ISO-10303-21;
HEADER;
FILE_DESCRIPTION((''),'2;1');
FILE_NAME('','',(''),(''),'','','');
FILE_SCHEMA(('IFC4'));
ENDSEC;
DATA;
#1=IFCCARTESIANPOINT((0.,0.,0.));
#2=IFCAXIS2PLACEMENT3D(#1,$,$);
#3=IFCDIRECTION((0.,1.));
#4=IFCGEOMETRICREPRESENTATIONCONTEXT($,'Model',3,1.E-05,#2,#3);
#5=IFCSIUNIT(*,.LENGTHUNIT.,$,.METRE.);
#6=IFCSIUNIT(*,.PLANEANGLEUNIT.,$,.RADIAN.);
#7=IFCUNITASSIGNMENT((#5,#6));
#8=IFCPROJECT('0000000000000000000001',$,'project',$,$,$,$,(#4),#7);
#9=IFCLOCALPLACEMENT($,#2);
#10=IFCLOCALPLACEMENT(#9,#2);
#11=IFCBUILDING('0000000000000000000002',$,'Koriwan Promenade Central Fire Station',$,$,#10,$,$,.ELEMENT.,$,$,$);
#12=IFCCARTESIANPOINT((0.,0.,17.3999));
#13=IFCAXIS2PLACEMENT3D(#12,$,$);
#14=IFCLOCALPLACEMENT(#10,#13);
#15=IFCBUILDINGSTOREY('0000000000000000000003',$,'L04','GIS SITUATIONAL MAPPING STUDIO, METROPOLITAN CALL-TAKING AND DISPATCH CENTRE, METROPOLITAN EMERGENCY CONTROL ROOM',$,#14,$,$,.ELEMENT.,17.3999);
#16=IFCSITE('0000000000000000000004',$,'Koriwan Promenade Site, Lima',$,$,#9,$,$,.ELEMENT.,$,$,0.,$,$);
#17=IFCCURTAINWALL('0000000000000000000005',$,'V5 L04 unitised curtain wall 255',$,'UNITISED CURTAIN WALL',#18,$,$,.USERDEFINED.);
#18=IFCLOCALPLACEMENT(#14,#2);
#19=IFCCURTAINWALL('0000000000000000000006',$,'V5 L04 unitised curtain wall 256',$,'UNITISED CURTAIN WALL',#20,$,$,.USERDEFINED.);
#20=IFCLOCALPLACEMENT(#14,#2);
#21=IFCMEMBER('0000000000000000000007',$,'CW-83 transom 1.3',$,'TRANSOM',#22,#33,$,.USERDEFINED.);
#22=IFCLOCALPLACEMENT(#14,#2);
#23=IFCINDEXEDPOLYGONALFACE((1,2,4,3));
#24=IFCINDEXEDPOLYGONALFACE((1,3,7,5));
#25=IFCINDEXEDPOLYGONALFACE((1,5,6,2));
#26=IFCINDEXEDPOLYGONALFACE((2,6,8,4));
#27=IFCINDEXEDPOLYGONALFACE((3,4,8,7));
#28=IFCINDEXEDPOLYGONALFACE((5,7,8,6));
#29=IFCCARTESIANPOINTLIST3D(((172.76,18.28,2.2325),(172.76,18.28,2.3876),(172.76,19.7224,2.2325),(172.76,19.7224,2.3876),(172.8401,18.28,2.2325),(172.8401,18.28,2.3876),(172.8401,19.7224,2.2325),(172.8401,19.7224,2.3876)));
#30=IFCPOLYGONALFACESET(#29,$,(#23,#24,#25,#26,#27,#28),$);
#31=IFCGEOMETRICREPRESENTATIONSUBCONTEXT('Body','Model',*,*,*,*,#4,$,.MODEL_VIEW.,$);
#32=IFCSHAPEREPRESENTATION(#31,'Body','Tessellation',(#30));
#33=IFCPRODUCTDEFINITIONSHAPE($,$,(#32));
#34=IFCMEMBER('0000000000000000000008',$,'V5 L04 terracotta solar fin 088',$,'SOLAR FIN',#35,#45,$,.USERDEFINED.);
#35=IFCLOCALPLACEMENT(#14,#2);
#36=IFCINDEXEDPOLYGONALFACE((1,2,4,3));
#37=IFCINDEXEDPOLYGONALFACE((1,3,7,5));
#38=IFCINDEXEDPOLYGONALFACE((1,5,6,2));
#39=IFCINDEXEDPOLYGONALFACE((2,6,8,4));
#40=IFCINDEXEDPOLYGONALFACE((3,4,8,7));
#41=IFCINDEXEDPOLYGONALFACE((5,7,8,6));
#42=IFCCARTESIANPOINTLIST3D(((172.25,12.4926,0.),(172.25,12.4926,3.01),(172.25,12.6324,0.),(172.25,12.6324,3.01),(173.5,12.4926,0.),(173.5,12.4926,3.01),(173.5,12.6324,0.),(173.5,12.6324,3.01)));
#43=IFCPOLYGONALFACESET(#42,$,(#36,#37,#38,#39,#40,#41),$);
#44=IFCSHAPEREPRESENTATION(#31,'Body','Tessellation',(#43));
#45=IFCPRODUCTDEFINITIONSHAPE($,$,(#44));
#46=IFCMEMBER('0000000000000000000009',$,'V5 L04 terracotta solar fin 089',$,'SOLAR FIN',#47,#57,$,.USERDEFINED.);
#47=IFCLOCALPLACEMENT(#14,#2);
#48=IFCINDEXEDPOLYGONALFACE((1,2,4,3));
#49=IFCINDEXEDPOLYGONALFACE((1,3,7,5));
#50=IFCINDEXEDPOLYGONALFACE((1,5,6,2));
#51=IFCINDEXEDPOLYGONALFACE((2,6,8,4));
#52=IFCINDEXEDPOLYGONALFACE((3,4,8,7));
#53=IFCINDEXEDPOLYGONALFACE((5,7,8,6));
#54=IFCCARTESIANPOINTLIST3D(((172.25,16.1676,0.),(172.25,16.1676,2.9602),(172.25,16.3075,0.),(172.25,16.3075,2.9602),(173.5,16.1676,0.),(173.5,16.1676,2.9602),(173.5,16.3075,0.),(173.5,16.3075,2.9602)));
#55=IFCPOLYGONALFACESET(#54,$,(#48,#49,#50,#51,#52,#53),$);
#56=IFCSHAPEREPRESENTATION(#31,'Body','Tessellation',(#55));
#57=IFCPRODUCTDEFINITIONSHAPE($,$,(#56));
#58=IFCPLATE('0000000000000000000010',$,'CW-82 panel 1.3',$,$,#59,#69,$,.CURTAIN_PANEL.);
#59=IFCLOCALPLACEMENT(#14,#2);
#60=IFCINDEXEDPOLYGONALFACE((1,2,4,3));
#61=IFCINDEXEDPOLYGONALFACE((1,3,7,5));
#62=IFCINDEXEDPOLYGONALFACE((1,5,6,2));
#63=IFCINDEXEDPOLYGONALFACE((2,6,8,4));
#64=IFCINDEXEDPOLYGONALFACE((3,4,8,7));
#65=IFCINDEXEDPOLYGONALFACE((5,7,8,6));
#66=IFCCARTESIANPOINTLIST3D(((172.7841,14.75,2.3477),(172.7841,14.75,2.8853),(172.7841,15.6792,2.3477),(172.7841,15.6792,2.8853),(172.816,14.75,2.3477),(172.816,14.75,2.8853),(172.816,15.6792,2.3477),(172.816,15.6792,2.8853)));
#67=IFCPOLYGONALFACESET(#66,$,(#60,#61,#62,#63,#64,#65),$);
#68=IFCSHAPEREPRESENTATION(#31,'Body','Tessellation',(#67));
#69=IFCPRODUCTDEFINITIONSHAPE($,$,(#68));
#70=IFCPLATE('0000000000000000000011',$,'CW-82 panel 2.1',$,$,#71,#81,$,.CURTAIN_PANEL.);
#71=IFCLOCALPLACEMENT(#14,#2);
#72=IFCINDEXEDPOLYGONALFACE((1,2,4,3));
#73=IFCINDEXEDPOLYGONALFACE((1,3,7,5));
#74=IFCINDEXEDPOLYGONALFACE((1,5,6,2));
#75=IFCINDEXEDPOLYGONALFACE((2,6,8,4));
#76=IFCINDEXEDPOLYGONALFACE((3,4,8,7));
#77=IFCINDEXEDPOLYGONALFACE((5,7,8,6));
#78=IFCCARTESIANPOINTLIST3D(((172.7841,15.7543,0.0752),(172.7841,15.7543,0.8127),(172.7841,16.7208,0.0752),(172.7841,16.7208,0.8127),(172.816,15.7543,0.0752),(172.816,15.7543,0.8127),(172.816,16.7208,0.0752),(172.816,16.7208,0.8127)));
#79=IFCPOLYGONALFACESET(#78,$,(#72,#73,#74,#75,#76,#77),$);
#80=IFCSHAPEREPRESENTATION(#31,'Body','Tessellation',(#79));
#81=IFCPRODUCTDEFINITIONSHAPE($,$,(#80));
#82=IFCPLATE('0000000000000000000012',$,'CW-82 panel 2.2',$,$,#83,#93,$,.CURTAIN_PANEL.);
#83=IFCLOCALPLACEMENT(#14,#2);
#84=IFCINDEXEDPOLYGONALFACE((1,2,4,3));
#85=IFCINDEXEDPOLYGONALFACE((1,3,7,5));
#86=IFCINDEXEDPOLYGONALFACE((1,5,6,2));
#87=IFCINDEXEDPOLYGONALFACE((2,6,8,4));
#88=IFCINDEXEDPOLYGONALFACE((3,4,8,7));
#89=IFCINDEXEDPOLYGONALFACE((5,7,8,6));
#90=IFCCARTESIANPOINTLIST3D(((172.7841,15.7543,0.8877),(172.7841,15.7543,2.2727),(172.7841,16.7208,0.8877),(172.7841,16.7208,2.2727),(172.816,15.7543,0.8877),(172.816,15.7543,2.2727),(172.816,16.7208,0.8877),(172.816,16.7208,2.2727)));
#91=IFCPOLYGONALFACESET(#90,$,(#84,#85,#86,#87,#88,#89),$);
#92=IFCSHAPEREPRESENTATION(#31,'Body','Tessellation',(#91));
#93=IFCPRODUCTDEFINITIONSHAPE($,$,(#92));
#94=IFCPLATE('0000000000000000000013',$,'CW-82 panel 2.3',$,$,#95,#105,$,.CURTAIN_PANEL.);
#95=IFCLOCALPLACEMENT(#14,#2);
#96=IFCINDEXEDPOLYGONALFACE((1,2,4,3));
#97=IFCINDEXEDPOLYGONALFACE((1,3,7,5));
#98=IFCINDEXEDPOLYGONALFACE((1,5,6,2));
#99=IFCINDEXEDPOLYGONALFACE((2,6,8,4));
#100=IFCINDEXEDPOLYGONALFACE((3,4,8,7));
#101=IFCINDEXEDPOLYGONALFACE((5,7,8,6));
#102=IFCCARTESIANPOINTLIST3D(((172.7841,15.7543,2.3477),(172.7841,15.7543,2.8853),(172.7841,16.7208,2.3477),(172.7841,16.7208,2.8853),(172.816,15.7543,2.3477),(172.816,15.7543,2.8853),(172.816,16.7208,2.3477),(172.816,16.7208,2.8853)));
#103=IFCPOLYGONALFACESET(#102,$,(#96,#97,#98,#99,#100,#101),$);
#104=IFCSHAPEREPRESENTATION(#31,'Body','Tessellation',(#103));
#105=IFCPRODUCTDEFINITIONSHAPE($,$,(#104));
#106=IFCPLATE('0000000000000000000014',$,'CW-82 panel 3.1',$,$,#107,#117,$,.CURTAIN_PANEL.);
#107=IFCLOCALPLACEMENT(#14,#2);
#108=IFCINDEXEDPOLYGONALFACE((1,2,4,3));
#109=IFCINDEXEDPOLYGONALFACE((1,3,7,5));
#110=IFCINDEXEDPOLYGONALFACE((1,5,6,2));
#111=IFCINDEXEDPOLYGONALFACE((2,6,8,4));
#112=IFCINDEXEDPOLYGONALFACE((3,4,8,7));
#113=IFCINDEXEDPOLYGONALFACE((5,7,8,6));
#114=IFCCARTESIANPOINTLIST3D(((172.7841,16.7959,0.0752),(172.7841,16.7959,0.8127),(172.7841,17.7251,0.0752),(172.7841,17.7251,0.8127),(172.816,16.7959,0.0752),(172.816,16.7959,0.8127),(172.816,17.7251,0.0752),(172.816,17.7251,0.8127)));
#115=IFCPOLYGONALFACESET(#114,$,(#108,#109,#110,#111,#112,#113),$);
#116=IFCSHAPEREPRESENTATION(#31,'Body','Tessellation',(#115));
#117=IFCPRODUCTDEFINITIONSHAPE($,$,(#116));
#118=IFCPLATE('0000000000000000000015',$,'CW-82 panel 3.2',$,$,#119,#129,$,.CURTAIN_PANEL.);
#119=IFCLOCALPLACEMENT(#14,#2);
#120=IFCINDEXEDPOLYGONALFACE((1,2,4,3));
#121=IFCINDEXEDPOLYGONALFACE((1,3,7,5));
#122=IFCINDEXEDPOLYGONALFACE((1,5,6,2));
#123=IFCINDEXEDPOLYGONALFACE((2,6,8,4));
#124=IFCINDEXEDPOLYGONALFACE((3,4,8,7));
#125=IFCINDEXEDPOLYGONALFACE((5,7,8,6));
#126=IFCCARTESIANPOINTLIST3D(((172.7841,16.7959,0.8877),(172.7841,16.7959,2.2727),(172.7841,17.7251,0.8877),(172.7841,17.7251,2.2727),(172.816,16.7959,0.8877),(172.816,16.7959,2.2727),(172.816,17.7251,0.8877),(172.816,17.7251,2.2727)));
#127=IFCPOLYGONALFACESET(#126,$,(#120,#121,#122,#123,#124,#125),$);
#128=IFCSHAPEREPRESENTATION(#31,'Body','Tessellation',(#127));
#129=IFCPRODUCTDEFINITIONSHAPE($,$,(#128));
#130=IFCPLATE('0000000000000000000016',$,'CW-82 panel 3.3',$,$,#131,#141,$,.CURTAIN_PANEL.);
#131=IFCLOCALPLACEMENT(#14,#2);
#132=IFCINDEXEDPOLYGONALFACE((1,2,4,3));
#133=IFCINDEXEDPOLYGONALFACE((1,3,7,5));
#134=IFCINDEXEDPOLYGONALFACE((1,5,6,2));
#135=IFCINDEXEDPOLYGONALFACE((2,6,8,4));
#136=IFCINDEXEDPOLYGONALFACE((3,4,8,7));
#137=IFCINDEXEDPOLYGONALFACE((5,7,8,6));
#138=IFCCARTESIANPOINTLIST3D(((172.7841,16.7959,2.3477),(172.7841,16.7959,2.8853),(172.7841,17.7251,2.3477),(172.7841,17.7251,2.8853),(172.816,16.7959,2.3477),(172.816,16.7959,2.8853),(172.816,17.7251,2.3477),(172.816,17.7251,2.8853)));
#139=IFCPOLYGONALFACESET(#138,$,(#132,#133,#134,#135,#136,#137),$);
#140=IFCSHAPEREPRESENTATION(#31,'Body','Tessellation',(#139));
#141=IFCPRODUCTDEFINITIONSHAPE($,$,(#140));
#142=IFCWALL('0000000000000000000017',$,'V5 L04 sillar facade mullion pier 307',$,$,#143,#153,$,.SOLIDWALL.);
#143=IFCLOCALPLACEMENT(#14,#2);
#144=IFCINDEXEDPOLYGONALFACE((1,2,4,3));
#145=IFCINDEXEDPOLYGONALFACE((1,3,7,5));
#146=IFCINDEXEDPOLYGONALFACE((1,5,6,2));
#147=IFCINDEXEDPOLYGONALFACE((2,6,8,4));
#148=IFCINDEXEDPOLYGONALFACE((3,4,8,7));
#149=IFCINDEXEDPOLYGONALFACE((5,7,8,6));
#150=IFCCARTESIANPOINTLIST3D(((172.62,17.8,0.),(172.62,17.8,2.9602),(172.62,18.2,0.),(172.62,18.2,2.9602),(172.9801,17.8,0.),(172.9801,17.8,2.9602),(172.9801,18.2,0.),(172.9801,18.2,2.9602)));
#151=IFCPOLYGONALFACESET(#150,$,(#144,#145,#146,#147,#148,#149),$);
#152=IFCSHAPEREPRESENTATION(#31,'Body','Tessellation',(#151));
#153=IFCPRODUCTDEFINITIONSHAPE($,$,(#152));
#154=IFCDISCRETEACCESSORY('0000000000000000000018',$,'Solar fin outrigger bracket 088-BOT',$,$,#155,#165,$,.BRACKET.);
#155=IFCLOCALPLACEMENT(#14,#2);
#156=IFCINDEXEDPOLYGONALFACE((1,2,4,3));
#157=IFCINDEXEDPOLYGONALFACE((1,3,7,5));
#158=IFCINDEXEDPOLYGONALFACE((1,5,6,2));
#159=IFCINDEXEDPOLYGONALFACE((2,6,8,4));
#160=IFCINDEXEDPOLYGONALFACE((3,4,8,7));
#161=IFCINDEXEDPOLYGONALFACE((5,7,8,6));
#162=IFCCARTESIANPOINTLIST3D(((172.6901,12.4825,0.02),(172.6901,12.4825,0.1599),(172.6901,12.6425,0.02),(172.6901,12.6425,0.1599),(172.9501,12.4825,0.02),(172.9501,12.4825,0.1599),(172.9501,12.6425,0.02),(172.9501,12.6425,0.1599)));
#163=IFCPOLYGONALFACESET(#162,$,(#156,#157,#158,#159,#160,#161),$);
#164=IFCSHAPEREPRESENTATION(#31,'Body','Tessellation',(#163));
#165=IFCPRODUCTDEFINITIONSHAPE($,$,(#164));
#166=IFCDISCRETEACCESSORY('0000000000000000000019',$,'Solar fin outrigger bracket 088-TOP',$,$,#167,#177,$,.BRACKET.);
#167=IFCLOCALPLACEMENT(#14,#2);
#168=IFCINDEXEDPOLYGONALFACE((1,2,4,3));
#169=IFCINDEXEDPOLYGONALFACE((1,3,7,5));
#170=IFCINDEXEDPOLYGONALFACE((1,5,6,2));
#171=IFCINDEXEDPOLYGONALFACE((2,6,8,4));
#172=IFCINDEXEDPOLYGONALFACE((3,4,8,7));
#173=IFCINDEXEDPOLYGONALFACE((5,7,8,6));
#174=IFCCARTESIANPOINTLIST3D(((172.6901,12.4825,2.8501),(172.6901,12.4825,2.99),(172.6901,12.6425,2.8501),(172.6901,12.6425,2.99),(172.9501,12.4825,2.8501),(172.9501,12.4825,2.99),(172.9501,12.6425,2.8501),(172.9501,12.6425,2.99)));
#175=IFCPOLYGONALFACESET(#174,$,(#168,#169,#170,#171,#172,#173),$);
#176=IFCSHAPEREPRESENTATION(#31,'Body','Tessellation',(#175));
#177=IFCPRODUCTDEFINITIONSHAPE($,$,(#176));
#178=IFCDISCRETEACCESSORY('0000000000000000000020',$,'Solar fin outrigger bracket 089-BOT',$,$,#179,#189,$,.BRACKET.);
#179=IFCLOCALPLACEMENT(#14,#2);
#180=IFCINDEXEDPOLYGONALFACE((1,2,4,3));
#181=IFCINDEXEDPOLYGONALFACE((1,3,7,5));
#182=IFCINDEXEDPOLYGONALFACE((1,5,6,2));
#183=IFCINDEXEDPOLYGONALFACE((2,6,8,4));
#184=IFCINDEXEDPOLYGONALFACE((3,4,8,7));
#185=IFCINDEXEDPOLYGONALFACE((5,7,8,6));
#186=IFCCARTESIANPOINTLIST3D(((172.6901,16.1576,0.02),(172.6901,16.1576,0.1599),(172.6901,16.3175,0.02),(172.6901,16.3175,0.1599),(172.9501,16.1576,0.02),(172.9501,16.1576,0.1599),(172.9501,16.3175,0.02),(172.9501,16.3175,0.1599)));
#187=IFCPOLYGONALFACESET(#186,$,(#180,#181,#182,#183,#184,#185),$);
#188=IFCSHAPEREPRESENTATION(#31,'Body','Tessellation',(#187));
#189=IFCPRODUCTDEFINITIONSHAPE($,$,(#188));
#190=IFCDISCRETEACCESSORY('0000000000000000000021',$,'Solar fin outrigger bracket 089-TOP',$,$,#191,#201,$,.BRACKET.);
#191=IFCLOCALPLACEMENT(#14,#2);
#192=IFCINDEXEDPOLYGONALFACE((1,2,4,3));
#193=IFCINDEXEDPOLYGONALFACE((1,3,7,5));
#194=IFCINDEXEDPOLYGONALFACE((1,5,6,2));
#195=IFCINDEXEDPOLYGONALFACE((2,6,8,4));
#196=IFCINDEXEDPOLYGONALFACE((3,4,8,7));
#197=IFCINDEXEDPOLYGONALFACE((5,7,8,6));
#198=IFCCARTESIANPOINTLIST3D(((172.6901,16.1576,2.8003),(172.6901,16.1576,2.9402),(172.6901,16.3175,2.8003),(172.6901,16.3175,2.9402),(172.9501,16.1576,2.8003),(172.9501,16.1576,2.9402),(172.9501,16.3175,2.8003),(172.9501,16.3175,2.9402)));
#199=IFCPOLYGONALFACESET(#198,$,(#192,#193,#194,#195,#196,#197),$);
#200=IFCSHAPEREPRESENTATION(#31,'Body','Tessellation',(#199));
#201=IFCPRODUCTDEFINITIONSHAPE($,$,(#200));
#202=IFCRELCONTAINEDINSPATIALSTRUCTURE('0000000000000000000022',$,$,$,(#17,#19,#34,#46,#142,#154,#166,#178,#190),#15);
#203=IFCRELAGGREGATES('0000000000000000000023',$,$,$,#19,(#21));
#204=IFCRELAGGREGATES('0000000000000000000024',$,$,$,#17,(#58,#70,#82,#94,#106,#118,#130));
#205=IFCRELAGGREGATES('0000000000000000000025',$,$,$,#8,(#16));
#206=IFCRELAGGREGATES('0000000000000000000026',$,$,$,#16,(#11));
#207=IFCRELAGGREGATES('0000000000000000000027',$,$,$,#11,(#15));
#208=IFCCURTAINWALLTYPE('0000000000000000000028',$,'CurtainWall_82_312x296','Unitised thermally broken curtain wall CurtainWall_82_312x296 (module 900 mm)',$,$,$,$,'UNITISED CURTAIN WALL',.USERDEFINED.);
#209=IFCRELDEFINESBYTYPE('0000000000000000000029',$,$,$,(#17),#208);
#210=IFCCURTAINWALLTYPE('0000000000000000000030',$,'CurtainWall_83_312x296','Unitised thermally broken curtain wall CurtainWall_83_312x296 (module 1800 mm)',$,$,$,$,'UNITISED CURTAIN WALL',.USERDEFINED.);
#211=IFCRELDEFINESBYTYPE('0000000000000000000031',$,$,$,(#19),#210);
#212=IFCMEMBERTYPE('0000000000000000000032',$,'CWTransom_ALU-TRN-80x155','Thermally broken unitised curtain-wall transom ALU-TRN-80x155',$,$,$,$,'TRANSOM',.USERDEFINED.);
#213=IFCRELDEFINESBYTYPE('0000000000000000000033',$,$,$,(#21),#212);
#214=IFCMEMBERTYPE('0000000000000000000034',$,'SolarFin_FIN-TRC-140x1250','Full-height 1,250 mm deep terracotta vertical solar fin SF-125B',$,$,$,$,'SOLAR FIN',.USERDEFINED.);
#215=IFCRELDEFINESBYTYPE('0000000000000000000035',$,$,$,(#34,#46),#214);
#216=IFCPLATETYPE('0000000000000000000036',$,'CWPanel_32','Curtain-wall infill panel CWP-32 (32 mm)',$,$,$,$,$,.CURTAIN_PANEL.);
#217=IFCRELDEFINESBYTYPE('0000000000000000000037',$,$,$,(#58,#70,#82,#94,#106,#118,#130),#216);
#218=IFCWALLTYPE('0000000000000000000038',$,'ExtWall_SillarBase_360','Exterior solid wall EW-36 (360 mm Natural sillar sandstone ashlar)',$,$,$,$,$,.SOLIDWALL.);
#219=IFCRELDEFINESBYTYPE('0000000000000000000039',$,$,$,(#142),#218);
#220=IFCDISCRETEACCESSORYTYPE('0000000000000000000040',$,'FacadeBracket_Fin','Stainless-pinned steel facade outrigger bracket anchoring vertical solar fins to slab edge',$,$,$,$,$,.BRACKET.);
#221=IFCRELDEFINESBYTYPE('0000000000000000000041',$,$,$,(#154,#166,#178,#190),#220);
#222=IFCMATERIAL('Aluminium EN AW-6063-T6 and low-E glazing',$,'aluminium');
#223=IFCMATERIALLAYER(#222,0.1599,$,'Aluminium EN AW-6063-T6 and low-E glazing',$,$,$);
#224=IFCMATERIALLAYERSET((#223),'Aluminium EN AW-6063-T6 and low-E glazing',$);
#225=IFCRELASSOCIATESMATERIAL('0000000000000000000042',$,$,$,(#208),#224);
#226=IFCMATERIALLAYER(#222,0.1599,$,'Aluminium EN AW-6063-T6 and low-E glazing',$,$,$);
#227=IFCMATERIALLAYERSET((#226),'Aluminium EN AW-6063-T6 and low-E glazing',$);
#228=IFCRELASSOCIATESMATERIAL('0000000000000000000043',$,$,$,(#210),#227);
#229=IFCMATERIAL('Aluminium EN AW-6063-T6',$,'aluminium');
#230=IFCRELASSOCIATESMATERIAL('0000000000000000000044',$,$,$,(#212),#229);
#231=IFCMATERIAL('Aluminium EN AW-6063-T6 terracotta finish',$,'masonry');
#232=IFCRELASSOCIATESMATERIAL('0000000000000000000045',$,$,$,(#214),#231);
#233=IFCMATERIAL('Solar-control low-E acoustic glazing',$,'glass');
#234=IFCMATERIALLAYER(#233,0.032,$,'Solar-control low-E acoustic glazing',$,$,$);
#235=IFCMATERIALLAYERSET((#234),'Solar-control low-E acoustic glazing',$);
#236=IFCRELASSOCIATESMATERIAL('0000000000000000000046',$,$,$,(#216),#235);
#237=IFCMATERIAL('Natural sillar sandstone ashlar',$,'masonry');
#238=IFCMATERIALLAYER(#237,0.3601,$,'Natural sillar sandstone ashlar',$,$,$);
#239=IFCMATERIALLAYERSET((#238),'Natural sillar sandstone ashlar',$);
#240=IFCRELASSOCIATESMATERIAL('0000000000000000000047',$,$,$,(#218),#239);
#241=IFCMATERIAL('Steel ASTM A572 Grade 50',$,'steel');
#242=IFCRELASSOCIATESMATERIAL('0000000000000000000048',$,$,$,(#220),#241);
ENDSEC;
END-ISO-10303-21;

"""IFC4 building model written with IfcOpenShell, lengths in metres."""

from ifc_helpers import new_model, si_unit, direction, frame, frame_2d, origin, origin_2d, place, context, subcontext, project, spatial, rectangle, extrude, material, layer, layer_set, material_profile, profile_set, type_object, element, aggregate, save


model = new_model("IFC4")

# Units and contexts
model_context = context("Model", 3, precision=1e-05, world=origin(), true_north=direction((0.0, 1.0)))
body_context = subcontext(model_context, "Body", "Model", "MODEL_VIEW")
ifc_project = project(units=[si_unit("LENGTHUNIT", "METRE"), si_unit("PLANEANGLEUNIT", "RADIAN")], contexts=[model_context])

# Site, building, storey
site_placement = place(None, origin())
site = spatial("IfcSite", under=ifc_project, at=site_placement, Name="Koriwan Promenade Site, Lima", CompositionType="ELEMENT", RefElevation=0.0)
building_placement = place(site_placement, origin())
building = spatial("IfcBuilding", under=site, at=building_placement, Name="Koriwan Promenade Central Fire Station", CompositionType="ELEMENT")
storey_placement = place(building_placement, frame((0.0, 0.0, 17.3999)))
storey = spatial("IfcBuildingStorey", under=building, at=storey_placement, Name="L04", Description="GIS SITUATIONAL MAPPING STUDIO, METROPOLITAN CALL-TAKING AND DISPATCH CENTRE, METROPOLITAN EMERGENCY CONTROL ROOM", CompositionType="ELEMENT", Elevation=17.3999)

# Curtain wall
ifc_material_1 = material(Name="Aluminium EN AW-6063-T6 and low-E glazing", Category="aluminium")
ifc_layer_1 = layer(ifc_material_1, 0.1599, Name="Aluminium EN AW-6063-T6 and low-E glazing")
ifc_layer_set_1 = layer_set([ifc_layer_1], Name="Aluminium EN AW-6063-T6 and low-E glazing")
curtain_wall_type_1 = type_object("IfcCurtainWallType", Name="CurtainWall_82_312x296", Description="Unitised thermally broken curtain wall CurtainWall_82_312x296 (module 900 mm)", ElementType="UNITISED CURTAIN WALL", PredefinedType="USERDEFINED", material=ifc_layer_set_1)
curtain_wall_1_placement = place(storey_placement, origin())
curtain_wall_1 = element("IfcCurtainWall", 1, at=curtain_wall_1_placement, inside=storey, type_object=curtain_wall_type_1, Name="V5 L04 unitised curtain wall 255", ObjectType="UNITISED CURTAIN WALL", PredefinedType="USERDEFINED")
ifc_material_2 = material(Name="Aluminium EN AW-6063-T6", Category="aluminium")

# Curtain wall
ifc_layer_2 = layer(ifc_material_1, 0.1599, Name="Aluminium EN AW-6063-T6 and low-E glazing")
ifc_layer_set_2 = layer_set([ifc_layer_2], Name="Aluminium EN AW-6063-T6 and low-E glazing")
curtain_wall_type_2 = type_object("IfcCurtainWallType", Name="CurtainWall_83_312x296", Description="Unitised thermally broken curtain wall CurtainWall_83_312x296 (module 1800 mm)", ElementType="UNITISED CURTAIN WALL", PredefinedType="USERDEFINED", material=ifc_layer_set_2)
curtain_wall_2_placement = place(storey_placement, origin())
curtain_wall_2 = element("IfcCurtainWall", 2, at=curtain_wall_2_placement, inside=storey, type_object=curtain_wall_type_2, Name="V5 L04 unitised curtain wall 256", ObjectType="UNITISED CURTAIN WALL", PredefinedType="USERDEFINED")

# Member
ifc_material_profile_1 = material_profile(ifc_material_2, rectangle(XDim=0.0801, YDim=0.155, at=origin_2d()), Name="ALU-TRN-80x155")
ifc_profile_set_1 = profile_set([ifc_material_profile_1], Name="Aluminium EN AW-6063-T6")
member_type_1 = type_object("IfcMemberType", Name="CWTransom_ALU-TRN-80x155", Description="Thermally broken unitised curtain-wall transom ALU-TRN-80x155", ElementType="TRANSOM", PredefinedType="USERDEFINED", material=ifc_profile_set_1)
member_1_placement = place(storey_placement, frame((172.8, 18.28, 2.3101), z_axis=(0.0, 1.0, 0.0), x_axis=(-1.0, 0.0, 0.0)))
member_1 = element("IfcMember", 3, at=member_1_placement, type_object=member_type_1, Name="CW-83 transom 1.3", ObjectType="TRANSOM", PredefinedType="USERDEFINED", context=body_context, shape_type="SweptSolid", body=[
    extrude(rectangle(XDim=0.0801, YDim=0.155, at=origin_2d()), origin(), (0.0, 0.0, 1.0), 1.4424),
])
aggregate(curtain_wall_2, [member_1])

# Members
ifc_material_3 = material(Name="Aluminium EN AW-6063-T6 terracotta finish", Category="masonry")
ifc_material_profile_2 = material_profile(ifc_material_3, rectangle(XDim=0.1399, YDim=1.25, at=origin_2d()), Name="FIN-TRC-140x1250")
ifc_profile_set_2 = profile_set([ifc_material_profile_2], Name="Aluminium EN AW-6063-T6 terracotta finish")
member_type_2 = type_object("IfcMemberType", Name="SolarFin_FIN-TRC-140x1250", Description="Full-height 1,250 mm deep terracotta vertical solar fin SF-125B", ElementType="SOLAR FIN", PredefinedType="USERDEFINED", material=ifc_profile_set_2)
member_2_placement = place(storey_placement, frame((172.875, 12.5625, 0.0), z_axis=(0.0, 0.0, 1.0), x_axis=(0.0, -1.0, 0.0)))
element("IfcMember", 4, at=member_2_placement, inside=storey, type_object=member_type_2, Name="V5 L04 terracotta solar fin 088", ObjectType="SOLAR FIN", PredefinedType="USERDEFINED", context=body_context, shape_type="SweptSolid", body=[
    extrude(rectangle(XDim=0.1399, YDim=1.25, at=origin_2d()), origin(), (0.0, 0.0, 1.0), 3.01),
])
member_3_placement = place(storey_placement, frame((172.875, 16.2375, 0.0), z_axis=(0.0, 0.0, 1.0), x_axis=(0.0, -1.0, 0.0)))
element("IfcMember", 5, at=member_3_placement, inside=storey, type_object=member_type_2, Name="V5 L04 terracotta solar fin 089", ObjectType="SOLAR FIN", PredefinedType="USERDEFINED", context=body_context, shape_type="SweptSolid", body=[
    extrude(rectangle(XDim=0.1399, YDim=1.25, at=origin_2d()), origin(), (0.0, 0.0, 1.0), 2.9602),
])

# Plates
ifc_material_4 = material(Name="Solar-control low-E acoustic glazing", Category="glass")
ifc_layer_3 = layer(ifc_material_4, 0.032, Name="Solar-control low-E acoustic glazing")
ifc_layer_set_3 = layer_set([ifc_layer_3], Name="Solar-control low-E acoustic glazing")
plate_type = type_object("IfcPlateType", Name="CWPanel_32", Description="Curtain-wall infill panel CWP-32 (32 mm)", PredefinedType="CURTAIN_PANEL", material=ifc_layer_set_3)
plate_1_placement = place(storey_placement, frame((172.8, 15.2146, 2.3477), z_axis=(0.0, 0.0, 1.0), x_axis=(0.0, 1.0, 0.0)))
plate_1 = element("IfcPlate", 6, at=plate_1_placement, type_object=plate_type, Name="CW-82 panel 1.3", PredefinedType="CURTAIN_PANEL", context=body_context, shape_type="SweptSolid", body=[
    extrude(rectangle(XDim=0.9292, YDim=0.032, at=origin_2d()), origin(), (0.0, 0.0, 1.0), 0.5376),
])
plate_2_placement = place(storey_placement, frame((172.8, 16.2375, 0.0752), z_axis=(0.0, 0.0, 1.0), x_axis=(0.0, 1.0, 0.0)))
plate_2 = element("IfcPlate", 7, at=plate_2_placement, type_object=plate_type, Name="CW-82 panel 2.1", PredefinedType="CURTAIN_PANEL", context=body_context, shape_type="SweptSolid", body=[
    extrude(rectangle(XDim=0.9666, YDim=0.032, at=origin_2d()), origin(), (0.0, 0.0, 1.0), 0.7375),
])
plate_3_placement = place(storey_placement, frame((172.8, 16.2375, 0.8877), z_axis=(0.0, 0.0, 1.0), x_axis=(0.0, 1.0, 0.0)))
plate_3 = element("IfcPlate", 8, at=plate_3_placement, type_object=plate_type, Name="CW-82 panel 2.2", PredefinedType="CURTAIN_PANEL", context=body_context, shape_type="SweptSolid", body=[
    extrude(rectangle(XDim=0.9666, YDim=0.032, at=origin_2d()), origin(), (0.0, 0.0, 1.0), 1.385),
])
plate_4_placement = place(storey_placement, frame((172.8, 16.2375, 2.3477), z_axis=(0.0, 0.0, 1.0), x_axis=(0.0, 1.0, 0.0)))
plate_4 = element("IfcPlate", 9, at=plate_4_placement, type_object=plate_type, Name="CW-82 panel 2.3", PredefinedType="CURTAIN_PANEL", context=body_context, shape_type="SweptSolid", body=[
    extrude(rectangle(XDim=0.9666, YDim=0.032, at=origin_2d()), origin(), (0.0, 0.0, 1.0), 0.5376),
])
plate_5_placement = place(storey_placement, frame((172.8, 17.2605, 0.0752), z_axis=(0.0, 0.0, 1.0), x_axis=(0.0, 1.0, 0.0)))
plate_5 = element("IfcPlate", 10, at=plate_5_placement, type_object=plate_type, Name="CW-82 panel 3.1", PredefinedType="CURTAIN_PANEL", context=body_context, shape_type="SweptSolid", body=[
    extrude(rectangle(XDim=0.9292, YDim=0.032, at=origin_2d()), origin(), (0.0, 0.0, 1.0), 0.7375),
])
plate_6_placement = place(storey_placement, frame((172.8, 17.2605, 0.8877), z_axis=(0.0, 0.0, 1.0), x_axis=(0.0, 1.0, 0.0)))
plate_6 = element("IfcPlate", 11, at=plate_6_placement, type_object=plate_type, Name="CW-82 panel 3.2", PredefinedType="CURTAIN_PANEL", context=body_context, shape_type="SweptSolid", body=[
    extrude(rectangle(XDim=0.9292, YDim=0.032, at=origin_2d()), origin(), (0.0, 0.0, 1.0), 1.385),
])
plate_7_placement = place(storey_placement, frame((172.8, 17.2605, 2.3477), z_axis=(0.0, 0.0, 1.0), x_axis=(0.0, 1.0, 0.0)))
plate_7 = element("IfcPlate", 12, at=plate_7_placement, type_object=plate_type, Name="CW-82 panel 3.3", PredefinedType="CURTAIN_PANEL", context=body_context, shape_type="SweptSolid", body=[
    extrude(rectangle(XDim=0.9292, YDim=0.032, at=origin_2d()), origin(), (0.0, 0.0, 1.0), 0.5376),
])
aggregate(curtain_wall_1, [plate_1, plate_2, plate_3, plate_4, plate_5, plate_6, plate_7])

# Wall
ifc_material_5 = material(Name="Natural sillar sandstone ashlar", Category="masonry")
ifc_layer_4 = layer(ifc_material_5, 0.3601, Name="Natural sillar sandstone ashlar")
ifc_layer_set_4 = layer_set([ifc_layer_4], Name="Natural sillar sandstone ashlar")
wall_type = type_object("IfcWallType", Name="ExtWall_SillarBase_360", Description="Exterior solid wall EW-36 (360 mm Natural sillar sandstone ashlar)", PredefinedType="SOLIDWALL", material=ifc_layer_set_4)
wall_placement = place(storey_placement, frame((172.8, 17.8, 0.0), z_axis=(0.0, 0.0, 1.0), x_axis=(0.0, 1.0, 0.0)))
element("IfcWall", 13, at=wall_placement, inside=storey, type_object=wall_type, Name="V5 L04 sillar facade mullion pier 307", PredefinedType="SOLIDWALL", context=body_context, shape_type="SweptSolid", body=[
    extrude(rectangle(XDim=0.3999, YDim=0.3601, at=frame_2d((0.2, 0.0))), origin(), (0.0, 0.0, 1.0), 2.9602),
])

# Discrete accessories
ifc_material_6 = material(Name="Steel ASTM A572 Grade 50", Category="steel")
discrete_accessory_type = type_object("IfcDiscreteAccessoryType", Name="FacadeBracket_Fin", Description="Stainless-pinned steel facade outrigger bracket anchoring vertical solar fins to slab edge", PredefinedType="BRACKET", material=ifc_material_6)
for number, where, z_axis, x_axis, name in (
    (14, (172.8201, 12.5625, 0.02), (0.0, 0.0, 1.0), (1.0, 0.0, 0.0), "Solar fin outrigger bracket 088-BOT"),
    (15, (172.8201, 12.5625, 2.8501), (0.0, 0.0, 1.0), (1.0, 0.0, 0.0), "Solar fin outrigger bracket 088-TOP"),
    (16, (172.8201, 16.2375, 0.02), (0.0, 0.0, 1.0), (1.0, 0.0, 0.0), "Solar fin outrigger bracket 089-BOT"),
    (17, (172.8201, 16.2375, 2.8003), (0.0, 0.0, 1.0), (1.0, 0.0, 0.0), "Solar fin outrigger bracket 089-TOP"),
):
    element("IfcDiscreteAccessory", number, at=place(storey_placement, frame(where, z_axis=z_axis, x_axis=x_axis)), inside=storey, type_object=discrete_accessory_type, Name=name, PredefinedType="BRACKET", context=body_context, shape_type="SweptSolid", body=[
        extrude(rectangle(XDim=0.26, YDim=0.1599, at=origin_2d()), origin(), (0.0, 0.0, 1.0), 0.1399),
    ])

save(model, "model.ifc")
